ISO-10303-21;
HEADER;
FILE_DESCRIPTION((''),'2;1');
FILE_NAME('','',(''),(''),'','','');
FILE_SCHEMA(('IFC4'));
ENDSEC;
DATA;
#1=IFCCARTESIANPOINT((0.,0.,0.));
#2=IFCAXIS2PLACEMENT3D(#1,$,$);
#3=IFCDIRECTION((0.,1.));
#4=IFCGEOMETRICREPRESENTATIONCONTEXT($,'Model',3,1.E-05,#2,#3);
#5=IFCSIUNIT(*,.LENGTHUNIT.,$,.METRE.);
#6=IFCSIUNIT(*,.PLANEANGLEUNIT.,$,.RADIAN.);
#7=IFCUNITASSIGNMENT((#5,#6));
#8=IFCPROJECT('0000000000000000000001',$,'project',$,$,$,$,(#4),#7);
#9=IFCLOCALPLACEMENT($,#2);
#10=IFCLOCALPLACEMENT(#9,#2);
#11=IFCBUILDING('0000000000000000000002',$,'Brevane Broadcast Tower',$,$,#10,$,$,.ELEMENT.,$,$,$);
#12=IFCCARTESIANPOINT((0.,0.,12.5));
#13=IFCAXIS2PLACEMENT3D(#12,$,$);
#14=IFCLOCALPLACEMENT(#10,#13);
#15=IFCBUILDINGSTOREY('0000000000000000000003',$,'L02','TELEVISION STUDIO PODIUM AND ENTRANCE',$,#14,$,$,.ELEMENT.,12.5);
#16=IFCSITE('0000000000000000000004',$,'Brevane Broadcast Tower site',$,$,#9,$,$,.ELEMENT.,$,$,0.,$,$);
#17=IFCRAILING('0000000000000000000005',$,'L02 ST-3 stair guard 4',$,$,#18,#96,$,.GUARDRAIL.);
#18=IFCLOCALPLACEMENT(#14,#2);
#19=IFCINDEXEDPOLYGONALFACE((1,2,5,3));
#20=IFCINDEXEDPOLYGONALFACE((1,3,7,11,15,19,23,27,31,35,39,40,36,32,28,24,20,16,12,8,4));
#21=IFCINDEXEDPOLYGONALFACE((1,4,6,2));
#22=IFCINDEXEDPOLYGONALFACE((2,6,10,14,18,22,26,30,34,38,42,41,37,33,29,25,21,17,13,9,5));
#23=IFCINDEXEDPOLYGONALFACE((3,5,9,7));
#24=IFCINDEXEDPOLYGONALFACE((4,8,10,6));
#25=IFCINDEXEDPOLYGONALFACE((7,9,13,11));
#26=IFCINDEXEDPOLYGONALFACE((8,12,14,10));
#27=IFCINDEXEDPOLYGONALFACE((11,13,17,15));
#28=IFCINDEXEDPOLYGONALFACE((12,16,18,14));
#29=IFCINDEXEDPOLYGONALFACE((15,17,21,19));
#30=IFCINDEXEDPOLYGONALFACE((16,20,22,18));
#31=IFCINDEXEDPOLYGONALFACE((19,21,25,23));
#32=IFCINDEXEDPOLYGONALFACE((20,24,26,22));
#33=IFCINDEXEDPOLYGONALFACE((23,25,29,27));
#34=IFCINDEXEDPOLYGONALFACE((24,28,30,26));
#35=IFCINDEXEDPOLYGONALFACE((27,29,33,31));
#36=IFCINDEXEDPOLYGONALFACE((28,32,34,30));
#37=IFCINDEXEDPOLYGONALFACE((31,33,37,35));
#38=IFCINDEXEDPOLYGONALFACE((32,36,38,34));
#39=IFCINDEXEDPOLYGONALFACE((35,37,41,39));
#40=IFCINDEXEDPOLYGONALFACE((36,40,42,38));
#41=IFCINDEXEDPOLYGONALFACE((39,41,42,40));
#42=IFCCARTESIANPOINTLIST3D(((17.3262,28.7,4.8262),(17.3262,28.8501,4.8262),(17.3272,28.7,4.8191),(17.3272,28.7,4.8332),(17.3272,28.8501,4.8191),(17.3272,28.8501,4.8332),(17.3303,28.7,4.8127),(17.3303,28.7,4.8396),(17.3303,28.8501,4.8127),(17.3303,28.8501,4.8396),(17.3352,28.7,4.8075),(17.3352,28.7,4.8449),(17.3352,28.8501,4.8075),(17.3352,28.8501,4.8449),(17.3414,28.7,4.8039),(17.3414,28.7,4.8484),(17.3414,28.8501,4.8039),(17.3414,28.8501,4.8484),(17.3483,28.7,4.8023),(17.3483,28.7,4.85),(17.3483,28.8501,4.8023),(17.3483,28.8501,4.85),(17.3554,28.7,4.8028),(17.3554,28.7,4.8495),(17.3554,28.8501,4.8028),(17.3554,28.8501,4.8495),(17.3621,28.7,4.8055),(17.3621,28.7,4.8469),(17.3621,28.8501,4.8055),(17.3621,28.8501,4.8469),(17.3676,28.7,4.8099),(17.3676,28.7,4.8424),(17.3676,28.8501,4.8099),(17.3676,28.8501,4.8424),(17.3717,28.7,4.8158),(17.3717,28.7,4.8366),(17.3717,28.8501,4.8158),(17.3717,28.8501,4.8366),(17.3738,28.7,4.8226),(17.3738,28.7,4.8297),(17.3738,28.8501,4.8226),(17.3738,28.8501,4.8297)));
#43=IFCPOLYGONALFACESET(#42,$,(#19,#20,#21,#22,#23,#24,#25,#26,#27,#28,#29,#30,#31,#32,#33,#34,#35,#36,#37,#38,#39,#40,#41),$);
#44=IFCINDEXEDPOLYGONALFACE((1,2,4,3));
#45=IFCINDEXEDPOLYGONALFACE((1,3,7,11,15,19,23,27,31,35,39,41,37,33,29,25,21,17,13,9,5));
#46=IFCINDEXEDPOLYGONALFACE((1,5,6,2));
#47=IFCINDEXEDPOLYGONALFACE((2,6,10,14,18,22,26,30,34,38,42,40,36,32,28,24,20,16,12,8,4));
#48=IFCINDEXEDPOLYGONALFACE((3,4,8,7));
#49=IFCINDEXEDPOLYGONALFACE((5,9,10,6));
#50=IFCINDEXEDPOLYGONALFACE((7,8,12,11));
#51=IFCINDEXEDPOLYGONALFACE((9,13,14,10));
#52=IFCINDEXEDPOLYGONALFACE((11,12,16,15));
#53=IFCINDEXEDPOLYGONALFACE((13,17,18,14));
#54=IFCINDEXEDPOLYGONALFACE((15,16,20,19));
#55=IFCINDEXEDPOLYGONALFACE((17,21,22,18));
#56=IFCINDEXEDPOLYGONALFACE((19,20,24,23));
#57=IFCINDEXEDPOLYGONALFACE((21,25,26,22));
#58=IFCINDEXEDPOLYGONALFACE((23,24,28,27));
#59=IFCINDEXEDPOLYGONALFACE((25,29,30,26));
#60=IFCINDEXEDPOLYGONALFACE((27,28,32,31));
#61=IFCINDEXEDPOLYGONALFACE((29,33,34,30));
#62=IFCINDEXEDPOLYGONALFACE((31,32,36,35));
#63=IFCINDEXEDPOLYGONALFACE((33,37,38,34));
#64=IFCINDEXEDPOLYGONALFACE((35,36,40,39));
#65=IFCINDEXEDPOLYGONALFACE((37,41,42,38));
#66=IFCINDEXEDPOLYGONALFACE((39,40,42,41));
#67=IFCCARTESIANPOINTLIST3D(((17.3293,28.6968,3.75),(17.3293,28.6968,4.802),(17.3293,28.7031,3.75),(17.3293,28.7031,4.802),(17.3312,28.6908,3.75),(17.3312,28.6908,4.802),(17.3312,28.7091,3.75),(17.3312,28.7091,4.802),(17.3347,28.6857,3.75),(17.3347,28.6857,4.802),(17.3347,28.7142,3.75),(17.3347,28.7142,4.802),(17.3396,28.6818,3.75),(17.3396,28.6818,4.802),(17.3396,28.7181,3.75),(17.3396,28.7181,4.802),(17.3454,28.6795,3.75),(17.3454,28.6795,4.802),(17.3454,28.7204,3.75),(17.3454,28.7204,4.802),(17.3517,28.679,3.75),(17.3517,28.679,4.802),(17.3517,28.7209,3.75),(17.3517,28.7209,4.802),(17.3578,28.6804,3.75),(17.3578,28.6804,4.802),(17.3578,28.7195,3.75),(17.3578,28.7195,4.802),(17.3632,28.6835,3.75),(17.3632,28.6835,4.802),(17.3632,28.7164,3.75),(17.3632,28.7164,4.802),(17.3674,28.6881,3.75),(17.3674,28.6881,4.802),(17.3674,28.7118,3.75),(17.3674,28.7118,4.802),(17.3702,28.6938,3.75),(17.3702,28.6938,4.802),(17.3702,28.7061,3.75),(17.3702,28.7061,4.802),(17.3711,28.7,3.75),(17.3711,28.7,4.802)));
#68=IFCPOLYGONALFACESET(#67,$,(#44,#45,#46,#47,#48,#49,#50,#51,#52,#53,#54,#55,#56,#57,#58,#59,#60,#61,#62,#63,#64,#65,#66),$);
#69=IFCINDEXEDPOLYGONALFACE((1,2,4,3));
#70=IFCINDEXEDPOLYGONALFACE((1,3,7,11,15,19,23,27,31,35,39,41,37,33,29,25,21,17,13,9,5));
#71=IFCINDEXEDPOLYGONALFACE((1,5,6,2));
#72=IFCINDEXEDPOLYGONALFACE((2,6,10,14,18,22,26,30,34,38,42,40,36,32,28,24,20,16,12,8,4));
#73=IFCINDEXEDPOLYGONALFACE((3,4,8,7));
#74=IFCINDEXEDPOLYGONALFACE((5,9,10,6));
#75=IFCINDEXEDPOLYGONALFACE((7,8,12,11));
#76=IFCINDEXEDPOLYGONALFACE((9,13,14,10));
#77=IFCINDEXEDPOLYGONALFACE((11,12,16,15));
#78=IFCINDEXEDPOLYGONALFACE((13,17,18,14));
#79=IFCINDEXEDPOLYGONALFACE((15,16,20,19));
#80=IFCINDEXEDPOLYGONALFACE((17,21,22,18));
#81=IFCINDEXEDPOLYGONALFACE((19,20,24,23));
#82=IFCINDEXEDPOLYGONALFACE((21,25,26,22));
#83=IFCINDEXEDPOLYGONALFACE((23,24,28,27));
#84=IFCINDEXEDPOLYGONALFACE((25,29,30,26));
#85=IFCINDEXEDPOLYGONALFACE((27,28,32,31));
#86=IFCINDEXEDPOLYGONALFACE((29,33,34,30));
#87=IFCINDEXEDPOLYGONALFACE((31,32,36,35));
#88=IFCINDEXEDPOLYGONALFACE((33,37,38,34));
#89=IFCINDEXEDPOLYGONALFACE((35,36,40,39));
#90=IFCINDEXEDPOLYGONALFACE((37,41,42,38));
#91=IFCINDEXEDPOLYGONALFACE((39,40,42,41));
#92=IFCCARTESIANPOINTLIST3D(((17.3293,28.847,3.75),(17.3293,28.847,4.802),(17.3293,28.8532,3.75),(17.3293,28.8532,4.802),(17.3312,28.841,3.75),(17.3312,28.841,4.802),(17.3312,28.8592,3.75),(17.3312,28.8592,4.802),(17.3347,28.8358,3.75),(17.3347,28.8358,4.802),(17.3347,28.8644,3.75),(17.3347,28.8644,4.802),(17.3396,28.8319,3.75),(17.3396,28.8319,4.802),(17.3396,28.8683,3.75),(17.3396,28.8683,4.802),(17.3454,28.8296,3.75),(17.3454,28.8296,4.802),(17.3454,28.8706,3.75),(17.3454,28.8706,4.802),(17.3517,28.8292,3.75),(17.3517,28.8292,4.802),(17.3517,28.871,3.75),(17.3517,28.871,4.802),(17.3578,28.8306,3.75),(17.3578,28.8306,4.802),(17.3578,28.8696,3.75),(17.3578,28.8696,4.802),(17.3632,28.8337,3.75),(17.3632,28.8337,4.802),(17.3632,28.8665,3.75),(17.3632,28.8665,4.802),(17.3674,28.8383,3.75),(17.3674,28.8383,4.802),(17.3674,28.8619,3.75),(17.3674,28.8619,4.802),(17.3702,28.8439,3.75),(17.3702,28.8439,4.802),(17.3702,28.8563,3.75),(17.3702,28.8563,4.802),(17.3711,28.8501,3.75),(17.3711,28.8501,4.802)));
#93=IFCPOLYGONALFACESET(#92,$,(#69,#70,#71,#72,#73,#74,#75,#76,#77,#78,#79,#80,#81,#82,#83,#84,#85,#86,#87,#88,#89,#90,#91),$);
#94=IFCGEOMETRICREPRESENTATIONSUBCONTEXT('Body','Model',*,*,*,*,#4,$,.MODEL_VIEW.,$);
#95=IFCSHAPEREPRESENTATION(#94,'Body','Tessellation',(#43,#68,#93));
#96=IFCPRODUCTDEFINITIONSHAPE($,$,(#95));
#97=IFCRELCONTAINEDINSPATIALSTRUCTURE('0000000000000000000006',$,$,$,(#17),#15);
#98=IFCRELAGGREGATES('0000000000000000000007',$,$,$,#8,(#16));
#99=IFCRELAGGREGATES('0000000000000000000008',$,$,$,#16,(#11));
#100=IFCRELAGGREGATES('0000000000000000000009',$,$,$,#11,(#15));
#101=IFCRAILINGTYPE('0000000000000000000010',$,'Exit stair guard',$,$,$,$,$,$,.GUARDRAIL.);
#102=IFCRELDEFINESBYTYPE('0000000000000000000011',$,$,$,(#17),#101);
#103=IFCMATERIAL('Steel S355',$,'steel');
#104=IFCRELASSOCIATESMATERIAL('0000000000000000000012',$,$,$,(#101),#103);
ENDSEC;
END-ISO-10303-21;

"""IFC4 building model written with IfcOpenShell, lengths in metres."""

from ifc_helpers import new_model, si_unit, direction, frame, origin, origin_2d, place, context, subcontext, project, spatial, circle, extrude, material, type_object, element, save


model = new_model("IFC4")

# Units and contexts
model_context = context("Model", 3, precision=1e-05, world=origin(), true_north=direction((0.0, 1.0)))
body_context = subcontext(model_context, "Body", "Model", "MODEL_VIEW")
ifc_project = project(units=[si_unit("LENGTHUNIT", "METRE"), si_unit("PLANEANGLEUNIT", "RADIAN")], contexts=[model_context])

# Site, building, storey
site_placement = place(None, origin())
site = spatial("IfcSite", under=ifc_project, at=site_placement, Name="Brevane Broadcast Tower site", CompositionType="ELEMENT", RefElevation=0.0)
building_placement = place(site_placement, origin())
building = spatial("IfcBuilding", under=site, at=building_placement, Name="Brevane Broadcast Tower", CompositionType="ELEMENT")
storey_placement = place(building_placement, frame((0.0, 0.0, 12.5)))
storey = spatial("IfcBuildingStorey", under=building, at=storey_placement, Name="L02", Description="TELEVISION STUDIO PODIUM AND ENTRANCE", CompositionType="ELEMENT", Elevation=12.5)

# Railing
ifc_material_1 = material(Name="Steel S355", Category="steel")
railing_type_1 = type_object("IfcRailingType", Name="Exit stair guard", PredefinedType="GUARDRAIL", material=ifc_material_1)
railing_1_placement = place(storey_placement, frame((17.3501, 28.7, 3.75)))
element("IfcRailing", 1, at=railing_1_placement, inside=storey, type_object=railing_type_1, Name="L02 ST-3 stair guard 4", PredefinedType="GUARDRAIL", context=body_context, shape_type="SweptSolid", body=[
    extrude(circle(Radius=0.0239, at=origin_2d()), frame((0.0, 0.0, 1.0762), z_axis=(0.0, 1.0, 0.0), x_axis=(-1.0, 0.0, 0.0)), (0.0, 0.0, 1.0), 0.1501),
    extrude(circle(Radius=0.021, at=origin_2d()), origin(), (0.0, 0.0, 1.0), 1.052),
    extrude(circle(Radius=0.021, at=origin_2d()), frame((0.0, 0.1501, 0.0)), (0.0, 0.0, 1.0), 1.052),
])

save(model, "model.ifc")
